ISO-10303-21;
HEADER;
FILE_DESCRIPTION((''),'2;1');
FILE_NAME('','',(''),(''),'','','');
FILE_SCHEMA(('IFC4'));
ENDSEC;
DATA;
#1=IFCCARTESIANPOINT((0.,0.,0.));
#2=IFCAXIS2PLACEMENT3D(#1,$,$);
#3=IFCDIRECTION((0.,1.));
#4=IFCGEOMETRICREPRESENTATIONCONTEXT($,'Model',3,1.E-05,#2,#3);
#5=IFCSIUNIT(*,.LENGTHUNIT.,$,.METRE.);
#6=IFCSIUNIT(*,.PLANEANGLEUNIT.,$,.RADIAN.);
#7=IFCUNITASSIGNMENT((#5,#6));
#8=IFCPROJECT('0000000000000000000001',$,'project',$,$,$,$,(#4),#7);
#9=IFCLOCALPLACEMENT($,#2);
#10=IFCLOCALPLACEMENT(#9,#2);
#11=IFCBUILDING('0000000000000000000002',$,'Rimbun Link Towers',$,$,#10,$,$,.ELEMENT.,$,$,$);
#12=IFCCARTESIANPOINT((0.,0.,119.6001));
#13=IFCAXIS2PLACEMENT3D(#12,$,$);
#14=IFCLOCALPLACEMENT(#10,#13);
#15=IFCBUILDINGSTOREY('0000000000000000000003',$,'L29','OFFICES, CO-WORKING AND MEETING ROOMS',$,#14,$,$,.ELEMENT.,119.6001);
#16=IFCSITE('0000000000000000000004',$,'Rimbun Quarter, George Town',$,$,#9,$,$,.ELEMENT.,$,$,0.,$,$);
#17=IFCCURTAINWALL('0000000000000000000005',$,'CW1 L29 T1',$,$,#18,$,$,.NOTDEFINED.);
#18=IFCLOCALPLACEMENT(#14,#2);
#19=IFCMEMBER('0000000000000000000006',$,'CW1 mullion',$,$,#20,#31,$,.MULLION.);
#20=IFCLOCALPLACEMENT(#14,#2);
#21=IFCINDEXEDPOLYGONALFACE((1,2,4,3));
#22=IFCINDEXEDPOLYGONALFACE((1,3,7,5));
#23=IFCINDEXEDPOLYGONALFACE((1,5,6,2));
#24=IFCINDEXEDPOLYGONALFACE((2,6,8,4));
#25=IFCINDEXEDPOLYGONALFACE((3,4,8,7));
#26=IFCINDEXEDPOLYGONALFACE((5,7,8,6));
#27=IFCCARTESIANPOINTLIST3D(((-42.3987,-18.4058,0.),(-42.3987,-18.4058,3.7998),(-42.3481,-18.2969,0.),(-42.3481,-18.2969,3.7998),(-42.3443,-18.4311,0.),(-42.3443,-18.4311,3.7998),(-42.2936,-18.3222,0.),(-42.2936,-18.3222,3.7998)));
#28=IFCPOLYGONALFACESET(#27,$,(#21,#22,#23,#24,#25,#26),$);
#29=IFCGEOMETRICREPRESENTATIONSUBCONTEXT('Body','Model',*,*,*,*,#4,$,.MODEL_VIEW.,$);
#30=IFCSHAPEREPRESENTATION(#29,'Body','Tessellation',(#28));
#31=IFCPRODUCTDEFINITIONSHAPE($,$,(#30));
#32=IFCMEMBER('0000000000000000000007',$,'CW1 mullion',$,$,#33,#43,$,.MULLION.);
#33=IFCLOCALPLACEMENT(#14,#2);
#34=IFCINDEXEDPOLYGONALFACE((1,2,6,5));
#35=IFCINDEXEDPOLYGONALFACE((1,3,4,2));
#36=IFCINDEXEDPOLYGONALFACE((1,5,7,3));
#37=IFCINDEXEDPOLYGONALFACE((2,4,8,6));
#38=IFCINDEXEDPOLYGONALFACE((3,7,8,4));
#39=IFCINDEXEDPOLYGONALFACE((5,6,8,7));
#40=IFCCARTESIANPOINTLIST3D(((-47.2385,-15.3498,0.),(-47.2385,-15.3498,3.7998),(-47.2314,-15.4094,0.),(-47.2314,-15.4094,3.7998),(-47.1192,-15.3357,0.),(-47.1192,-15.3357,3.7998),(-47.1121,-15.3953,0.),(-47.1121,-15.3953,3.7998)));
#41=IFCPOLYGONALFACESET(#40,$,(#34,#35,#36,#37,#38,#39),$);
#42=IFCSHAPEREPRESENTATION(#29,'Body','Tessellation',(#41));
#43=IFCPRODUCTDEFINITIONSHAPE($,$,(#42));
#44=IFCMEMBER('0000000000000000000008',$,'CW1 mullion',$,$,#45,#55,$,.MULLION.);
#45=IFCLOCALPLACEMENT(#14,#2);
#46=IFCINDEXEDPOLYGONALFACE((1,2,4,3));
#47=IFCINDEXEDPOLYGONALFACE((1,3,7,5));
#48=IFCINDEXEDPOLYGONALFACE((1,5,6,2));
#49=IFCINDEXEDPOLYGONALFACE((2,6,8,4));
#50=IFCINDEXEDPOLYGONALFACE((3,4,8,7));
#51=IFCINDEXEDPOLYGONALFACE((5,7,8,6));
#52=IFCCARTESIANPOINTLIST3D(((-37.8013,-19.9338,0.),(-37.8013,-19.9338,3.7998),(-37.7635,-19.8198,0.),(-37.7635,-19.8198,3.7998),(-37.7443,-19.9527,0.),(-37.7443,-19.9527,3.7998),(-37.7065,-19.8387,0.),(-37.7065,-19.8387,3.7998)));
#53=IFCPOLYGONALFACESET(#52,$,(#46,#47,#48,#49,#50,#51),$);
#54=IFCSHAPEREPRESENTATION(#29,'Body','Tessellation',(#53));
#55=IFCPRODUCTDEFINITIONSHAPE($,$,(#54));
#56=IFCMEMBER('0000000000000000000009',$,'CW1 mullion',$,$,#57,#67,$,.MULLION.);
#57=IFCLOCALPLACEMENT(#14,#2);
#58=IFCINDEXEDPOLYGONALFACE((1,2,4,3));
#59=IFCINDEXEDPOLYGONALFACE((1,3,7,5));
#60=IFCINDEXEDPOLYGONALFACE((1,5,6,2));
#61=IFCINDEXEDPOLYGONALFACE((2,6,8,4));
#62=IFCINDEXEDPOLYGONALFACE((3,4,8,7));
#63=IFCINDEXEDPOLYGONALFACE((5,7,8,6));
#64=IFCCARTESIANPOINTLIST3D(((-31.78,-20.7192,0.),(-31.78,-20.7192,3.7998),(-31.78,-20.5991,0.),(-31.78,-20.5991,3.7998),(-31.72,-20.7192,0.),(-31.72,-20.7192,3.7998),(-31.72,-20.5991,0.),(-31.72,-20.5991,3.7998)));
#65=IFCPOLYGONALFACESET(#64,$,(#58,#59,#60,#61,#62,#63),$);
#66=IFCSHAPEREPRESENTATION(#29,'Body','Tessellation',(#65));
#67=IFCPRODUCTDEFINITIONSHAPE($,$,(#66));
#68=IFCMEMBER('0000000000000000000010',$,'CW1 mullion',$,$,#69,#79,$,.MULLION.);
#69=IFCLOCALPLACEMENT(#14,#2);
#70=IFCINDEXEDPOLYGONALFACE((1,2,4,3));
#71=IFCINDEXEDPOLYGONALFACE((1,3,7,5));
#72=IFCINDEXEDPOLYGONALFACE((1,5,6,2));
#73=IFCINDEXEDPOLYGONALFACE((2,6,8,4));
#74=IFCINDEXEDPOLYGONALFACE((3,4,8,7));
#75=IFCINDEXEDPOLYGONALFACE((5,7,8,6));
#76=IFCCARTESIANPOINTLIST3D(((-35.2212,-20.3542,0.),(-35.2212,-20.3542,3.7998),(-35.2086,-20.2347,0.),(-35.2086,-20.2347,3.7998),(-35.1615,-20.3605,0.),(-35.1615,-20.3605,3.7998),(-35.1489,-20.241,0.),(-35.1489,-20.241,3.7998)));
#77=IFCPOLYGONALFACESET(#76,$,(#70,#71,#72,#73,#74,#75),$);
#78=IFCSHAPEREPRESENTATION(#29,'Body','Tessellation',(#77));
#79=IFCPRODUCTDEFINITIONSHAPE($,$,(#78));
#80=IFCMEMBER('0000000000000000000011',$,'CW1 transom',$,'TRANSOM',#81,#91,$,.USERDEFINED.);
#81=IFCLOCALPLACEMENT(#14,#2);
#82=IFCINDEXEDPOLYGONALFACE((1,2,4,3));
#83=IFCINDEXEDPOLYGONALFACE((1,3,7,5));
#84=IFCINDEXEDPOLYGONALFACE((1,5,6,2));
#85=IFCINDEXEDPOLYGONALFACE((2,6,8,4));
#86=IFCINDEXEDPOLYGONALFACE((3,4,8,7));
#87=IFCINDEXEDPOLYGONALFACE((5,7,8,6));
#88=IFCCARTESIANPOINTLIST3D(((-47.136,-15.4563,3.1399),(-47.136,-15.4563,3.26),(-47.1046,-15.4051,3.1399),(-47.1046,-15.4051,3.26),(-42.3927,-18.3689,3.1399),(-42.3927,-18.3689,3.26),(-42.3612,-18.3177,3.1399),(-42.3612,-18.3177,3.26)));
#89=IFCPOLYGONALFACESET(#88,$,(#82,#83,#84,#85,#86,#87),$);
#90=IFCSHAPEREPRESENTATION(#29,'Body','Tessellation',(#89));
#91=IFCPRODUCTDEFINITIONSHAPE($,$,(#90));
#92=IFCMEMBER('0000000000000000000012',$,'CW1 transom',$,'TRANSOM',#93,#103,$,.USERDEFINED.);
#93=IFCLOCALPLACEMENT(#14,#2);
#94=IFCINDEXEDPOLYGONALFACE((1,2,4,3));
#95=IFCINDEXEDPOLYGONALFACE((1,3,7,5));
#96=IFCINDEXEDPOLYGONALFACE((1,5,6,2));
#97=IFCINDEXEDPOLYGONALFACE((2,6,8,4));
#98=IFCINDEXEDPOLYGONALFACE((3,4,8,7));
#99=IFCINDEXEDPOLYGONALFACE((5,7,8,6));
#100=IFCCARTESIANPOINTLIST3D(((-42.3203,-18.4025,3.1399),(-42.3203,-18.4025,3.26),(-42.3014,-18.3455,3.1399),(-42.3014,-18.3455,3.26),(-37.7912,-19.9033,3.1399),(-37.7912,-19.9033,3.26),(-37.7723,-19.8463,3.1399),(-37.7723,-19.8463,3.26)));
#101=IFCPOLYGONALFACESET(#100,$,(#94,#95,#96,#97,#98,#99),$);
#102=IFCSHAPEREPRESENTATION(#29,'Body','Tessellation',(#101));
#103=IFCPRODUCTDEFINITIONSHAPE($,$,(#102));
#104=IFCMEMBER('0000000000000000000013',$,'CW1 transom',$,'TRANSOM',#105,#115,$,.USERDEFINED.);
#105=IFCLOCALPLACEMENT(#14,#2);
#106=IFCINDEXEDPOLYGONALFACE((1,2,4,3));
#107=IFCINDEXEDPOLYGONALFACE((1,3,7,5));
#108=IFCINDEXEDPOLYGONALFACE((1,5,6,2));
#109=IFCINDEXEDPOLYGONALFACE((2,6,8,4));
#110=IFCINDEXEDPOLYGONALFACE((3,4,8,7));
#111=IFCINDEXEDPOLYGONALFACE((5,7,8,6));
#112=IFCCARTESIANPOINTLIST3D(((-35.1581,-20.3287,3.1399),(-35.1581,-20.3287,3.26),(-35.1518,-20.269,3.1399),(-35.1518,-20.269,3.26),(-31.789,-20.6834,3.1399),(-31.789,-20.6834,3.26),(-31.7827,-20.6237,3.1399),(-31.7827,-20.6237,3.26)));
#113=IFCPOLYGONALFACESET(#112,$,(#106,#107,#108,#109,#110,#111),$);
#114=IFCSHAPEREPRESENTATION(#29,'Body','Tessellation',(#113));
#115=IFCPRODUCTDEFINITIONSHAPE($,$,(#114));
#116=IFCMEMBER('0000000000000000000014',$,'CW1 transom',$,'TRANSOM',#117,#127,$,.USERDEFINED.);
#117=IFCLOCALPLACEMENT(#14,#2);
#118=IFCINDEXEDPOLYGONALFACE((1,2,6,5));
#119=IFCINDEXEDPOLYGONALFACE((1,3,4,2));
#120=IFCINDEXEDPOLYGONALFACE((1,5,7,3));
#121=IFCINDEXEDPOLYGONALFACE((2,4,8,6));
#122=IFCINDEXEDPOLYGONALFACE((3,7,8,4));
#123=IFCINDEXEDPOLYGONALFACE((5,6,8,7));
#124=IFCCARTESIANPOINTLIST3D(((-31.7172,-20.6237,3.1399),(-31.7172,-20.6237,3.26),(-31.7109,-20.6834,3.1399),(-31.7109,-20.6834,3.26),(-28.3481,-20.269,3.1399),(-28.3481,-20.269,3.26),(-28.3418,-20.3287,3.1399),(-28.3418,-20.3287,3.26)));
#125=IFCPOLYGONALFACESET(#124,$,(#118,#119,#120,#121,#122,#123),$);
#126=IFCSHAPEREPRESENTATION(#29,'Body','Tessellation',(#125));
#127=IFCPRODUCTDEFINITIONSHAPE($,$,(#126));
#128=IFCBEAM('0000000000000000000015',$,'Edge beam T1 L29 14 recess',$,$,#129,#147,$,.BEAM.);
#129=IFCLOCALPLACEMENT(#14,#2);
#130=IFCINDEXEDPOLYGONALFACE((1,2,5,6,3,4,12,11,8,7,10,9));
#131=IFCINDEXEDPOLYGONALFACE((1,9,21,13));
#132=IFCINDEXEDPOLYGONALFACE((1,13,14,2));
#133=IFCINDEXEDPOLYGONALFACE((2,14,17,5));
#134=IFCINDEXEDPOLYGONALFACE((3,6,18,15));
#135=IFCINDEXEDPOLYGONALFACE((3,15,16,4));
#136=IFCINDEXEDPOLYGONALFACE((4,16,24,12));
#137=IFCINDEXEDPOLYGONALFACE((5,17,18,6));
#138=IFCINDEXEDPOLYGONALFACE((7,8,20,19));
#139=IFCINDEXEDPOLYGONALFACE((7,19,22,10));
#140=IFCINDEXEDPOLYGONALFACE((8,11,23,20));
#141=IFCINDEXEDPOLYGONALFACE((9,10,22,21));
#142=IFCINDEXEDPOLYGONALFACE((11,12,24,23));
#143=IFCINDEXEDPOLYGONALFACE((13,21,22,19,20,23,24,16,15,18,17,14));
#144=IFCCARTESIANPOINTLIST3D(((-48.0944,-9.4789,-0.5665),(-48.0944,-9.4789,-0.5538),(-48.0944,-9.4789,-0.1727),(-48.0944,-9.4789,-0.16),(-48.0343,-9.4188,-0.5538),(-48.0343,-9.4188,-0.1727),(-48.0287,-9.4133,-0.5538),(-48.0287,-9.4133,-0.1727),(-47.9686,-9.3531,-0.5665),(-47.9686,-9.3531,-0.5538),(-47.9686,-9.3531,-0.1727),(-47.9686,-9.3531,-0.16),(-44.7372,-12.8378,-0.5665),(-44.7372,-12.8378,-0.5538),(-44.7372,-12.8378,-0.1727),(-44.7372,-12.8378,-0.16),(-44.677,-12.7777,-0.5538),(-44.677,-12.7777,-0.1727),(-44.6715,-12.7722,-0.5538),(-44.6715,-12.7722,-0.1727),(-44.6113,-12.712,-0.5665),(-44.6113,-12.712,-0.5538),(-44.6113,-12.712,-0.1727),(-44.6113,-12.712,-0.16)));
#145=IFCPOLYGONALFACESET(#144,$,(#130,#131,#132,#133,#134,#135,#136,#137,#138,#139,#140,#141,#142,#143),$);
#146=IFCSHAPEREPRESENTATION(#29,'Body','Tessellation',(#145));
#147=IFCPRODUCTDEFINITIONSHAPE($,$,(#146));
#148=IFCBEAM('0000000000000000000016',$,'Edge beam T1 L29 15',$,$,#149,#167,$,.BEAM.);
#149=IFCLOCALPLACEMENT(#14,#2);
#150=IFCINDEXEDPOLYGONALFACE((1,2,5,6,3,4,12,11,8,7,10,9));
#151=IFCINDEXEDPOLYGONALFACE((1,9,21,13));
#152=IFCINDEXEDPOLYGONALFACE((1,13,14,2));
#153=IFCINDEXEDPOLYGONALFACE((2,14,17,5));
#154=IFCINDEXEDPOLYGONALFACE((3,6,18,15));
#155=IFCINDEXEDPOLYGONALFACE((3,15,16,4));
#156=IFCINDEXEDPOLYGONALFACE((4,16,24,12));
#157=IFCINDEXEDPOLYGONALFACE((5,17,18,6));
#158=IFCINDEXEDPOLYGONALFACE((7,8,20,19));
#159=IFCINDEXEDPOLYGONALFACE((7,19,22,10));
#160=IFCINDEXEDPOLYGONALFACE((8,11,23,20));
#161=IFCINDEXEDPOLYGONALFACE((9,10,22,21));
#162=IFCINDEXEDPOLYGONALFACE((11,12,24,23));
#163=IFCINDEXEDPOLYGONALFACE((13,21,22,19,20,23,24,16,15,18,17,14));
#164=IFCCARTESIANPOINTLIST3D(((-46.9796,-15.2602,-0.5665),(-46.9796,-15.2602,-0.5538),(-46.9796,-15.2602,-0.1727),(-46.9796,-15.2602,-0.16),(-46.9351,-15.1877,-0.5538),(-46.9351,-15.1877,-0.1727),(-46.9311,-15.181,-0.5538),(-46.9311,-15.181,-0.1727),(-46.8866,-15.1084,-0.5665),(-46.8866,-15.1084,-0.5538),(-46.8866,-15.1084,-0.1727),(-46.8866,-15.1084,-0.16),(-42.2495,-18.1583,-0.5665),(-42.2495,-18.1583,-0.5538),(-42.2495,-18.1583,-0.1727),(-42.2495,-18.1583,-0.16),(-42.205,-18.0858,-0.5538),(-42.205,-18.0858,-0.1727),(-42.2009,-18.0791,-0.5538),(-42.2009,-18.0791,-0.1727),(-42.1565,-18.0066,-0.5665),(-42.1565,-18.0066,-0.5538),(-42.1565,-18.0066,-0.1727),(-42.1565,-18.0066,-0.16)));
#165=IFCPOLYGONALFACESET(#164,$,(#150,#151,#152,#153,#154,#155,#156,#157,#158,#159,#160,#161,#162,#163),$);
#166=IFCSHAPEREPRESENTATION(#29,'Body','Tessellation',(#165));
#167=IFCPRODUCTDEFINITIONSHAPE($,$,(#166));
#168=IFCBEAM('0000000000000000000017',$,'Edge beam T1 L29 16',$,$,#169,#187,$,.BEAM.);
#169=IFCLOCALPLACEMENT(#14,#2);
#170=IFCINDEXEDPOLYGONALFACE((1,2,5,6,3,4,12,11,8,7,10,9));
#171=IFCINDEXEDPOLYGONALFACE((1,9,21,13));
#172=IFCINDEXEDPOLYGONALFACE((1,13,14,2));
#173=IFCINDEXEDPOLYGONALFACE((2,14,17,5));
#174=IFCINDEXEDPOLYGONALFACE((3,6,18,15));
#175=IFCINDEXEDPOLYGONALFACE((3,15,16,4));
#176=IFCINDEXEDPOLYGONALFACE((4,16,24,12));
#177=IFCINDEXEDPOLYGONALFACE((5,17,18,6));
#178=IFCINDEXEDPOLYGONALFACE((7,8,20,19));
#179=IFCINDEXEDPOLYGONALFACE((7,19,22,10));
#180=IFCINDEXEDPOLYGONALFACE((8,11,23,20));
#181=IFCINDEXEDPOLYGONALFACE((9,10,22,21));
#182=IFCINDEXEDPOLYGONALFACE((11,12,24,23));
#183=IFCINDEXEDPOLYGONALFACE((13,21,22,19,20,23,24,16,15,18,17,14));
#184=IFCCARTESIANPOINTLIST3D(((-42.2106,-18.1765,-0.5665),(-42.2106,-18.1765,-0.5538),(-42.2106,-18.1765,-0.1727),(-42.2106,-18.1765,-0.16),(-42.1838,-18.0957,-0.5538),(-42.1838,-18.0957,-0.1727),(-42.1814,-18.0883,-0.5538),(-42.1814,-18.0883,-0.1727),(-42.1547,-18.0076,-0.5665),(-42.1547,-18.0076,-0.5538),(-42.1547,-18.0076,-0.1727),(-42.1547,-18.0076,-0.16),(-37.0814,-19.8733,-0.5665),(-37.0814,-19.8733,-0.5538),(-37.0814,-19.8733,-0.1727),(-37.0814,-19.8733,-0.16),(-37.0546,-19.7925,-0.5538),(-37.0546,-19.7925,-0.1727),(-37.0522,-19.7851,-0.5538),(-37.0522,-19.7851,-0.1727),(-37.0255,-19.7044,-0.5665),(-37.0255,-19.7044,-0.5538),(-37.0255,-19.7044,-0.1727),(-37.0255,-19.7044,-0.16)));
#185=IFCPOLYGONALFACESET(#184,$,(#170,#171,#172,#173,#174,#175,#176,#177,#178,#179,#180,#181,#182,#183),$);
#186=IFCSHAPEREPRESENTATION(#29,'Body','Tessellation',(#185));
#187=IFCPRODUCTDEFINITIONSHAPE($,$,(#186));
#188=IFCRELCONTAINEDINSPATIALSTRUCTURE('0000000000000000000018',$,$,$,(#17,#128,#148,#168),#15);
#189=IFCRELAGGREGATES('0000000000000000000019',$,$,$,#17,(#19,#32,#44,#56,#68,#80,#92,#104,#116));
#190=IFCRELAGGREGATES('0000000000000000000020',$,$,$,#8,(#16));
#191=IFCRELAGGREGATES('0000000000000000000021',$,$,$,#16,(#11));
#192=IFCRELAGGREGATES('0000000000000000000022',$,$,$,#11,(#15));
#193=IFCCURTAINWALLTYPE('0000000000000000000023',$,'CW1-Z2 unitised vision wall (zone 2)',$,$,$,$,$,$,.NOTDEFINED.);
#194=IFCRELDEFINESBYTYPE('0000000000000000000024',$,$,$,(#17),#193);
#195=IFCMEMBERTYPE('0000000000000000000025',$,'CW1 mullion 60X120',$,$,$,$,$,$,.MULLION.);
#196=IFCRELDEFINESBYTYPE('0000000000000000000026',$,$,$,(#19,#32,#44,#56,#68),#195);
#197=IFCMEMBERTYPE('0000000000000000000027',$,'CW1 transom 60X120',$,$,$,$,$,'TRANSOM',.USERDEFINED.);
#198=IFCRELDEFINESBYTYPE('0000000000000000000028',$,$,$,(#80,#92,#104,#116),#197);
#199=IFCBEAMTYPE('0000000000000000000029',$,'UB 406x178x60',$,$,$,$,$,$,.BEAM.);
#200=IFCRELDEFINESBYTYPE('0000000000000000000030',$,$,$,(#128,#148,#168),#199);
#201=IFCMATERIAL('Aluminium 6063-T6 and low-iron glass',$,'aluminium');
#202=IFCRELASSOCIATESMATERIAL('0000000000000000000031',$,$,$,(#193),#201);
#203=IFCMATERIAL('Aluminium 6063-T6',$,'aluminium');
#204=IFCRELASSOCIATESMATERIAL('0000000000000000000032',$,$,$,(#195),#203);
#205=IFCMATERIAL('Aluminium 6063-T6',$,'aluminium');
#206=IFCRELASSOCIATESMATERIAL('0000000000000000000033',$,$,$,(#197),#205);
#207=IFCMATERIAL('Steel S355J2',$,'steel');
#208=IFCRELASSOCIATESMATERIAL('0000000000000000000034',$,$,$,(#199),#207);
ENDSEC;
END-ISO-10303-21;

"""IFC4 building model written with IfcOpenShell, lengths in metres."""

from ifc_helpers import new_model, si_unit, direction, frame, origin, origin_2d, place, context, subcontext, project, spatial, rectangle, i_section, extrude, material, material_profile, profile_set, type_object, element, aggregate, save


model = new_model("IFC4")

# Units and contexts
model_context = context("Model", 3, precision=1e-05, world=origin(), true_north=direction((0.0, 1.0)))
body_context = subcontext(model_context, "Body", "Model", "MODEL_VIEW")
ifc_project = project(units=[si_unit("LENGTHUNIT", "METRE"), si_unit("PLANEANGLEUNIT", "RADIAN")], contexts=[model_context])

# Site, building, storey
site_placement = place(None, origin())
site = spatial("IfcSite", under=ifc_project, at=site_placement, Name="Rimbun Quarter, George Town", CompositionType="ELEMENT", RefElevation=0.0)
building_placement = place(site_placement, origin())
building = spatial("IfcBuilding", under=site, at=building_placement, Name="Rimbun Link Towers", CompositionType="ELEMENT")
storey_placement = place(building_placement, frame((0.0, 0.0, 119.6001)))
storey = spatial("IfcBuildingStorey", under=building, at=storey_placement, Name="L29", Description="OFFICES, CO-WORKING AND MEETING ROOMS", CompositionType="ELEMENT", Elevation=119.6001)

# Curtain wall, members
ifc_material_1 = material(Name="Aluminium 6063-T6 and low-iron glass", Category="aluminium")
curtain_wall_type = type_object("IfcCurtainWallType", Name="CW1-Z2 unitised vision wall (zone 2)", PredefinedType="NOTDEFINED", material=ifc_material_1)
curtain_wall_placement = place(storey_placement, origin())
curtain_wall = element("IfcCurtainWall", 1, at=curtain_wall_placement, inside=storey, type_object=curtain_wall_type, Name="CW1 L29 T1", PredefinedType="NOTDEFINED")
ifc_material_2 = material(Name="Aluminium 6063-T6", Category="aluminium")
ifc_material_profile_1 = material_profile(ifc_material_2, rectangle(XDim=0.1201, YDim=0.0601, at=origin_2d()), Name="MULLION 60X120")
ifc_profile_set_1 = profile_set([ifc_material_profile_1], Name="Aluminium 6063-T6")
member_type_1 = type_object("IfcMemberType", Name="CW1 mullion 60X120", PredefinedType="MULLION", material=ifc_profile_set_1)
member_1_placement = place(storey_placement, frame((-42.3462, -18.364, 0.0), z_axis=(0.0, 0.0, 1.0), x_axis=(-0.421705, -0.906733, 0.0)))
member_1 = element("IfcMember", 2, at=member_1_placement, type_object=member_type_1, Name="CW1 mullion", PredefinedType="MULLION", context=body_context, shape_type="SweptSolid", body=[
    extrude(rectangle(XDim=0.1201, YDim=0.0601, at=origin_2d()), origin(), (0.0, 0.0, 1.0), 3.7998),
])
member_2_placement = place(storey_placement, frame((-47.1753, -15.3726, 0.0), z_axis=(0.0, 0.0, 1.0), x_axis=(-0.99312, -0.117104, 0.0)))
member_2 = element("IfcMember", 3, at=member_2_placement, type_object=member_type_1, Name="CW1 mullion", PredefinedType="MULLION", context=body_context, shape_type="SweptSolid", body=[
    extrude(rectangle(XDim=0.1201, YDim=0.0601, at=origin_2d()), origin(), (0.0, 0.0, 1.0), 3.7998),
])
member_3_placement = place(storey_placement, frame((-37.7539, -19.8862, 0.0), z_axis=(0.0, 0.0, 1.0), x_axis=(-0.314563, -0.949236, 0.0)))
member_3 = element("IfcMember", 4, at=member_3_placement, type_object=member_type_1, Name="CW1 mullion", PredefinedType="MULLION", context=body_context, shape_type="SweptSolid", body=[
    extrude(rectangle(XDim=0.1201, YDim=0.0601, at=origin_2d()), origin(), (0.0, 0.0, 1.0), 3.7998),
])
member_4_placement = place(storey_placement, frame((-31.75, -20.6592, 0.0), z_axis=(0.0, 0.0, 1.0), x_axis=(0.0, -1.0, 0.0)))
member_4 = element("IfcMember", 5, at=member_4_placement, type_object=member_type_1, Name="CW1 mullion", PredefinedType="MULLION", context=body_context, shape_type="SweptSolid", body=[
    extrude(rectangle(XDim=0.1201, YDim=0.0601, at=origin_2d()), origin(), (0.0, 0.0, 1.0), 3.7998),
])
member_5_placement = place(storey_placement, frame((-35.1851, -20.2976, 0.0), z_axis=(0.0, 0.0, 1.0), x_axis=(-0.104748, -0.994499, 0.0)))
member_5 = element("IfcMember", 6, at=member_5_placement, type_object=member_type_1, Name="CW1 mullion", PredefinedType="MULLION", context=body_context, shape_type="SweptSolid", body=[
    extrude(rectangle(XDim=0.1201, YDim=0.0601, at=origin_2d()), origin(), (0.0, 0.0, 1.0), 3.7998),
])
ifc_material_3 = material(Name="Aluminium 6063-T6", Category="aluminium")
ifc_material_profile_2 = material_profile(ifc_material_3, rectangle(XDim=0.0601, YDim=0.1201, at=origin_2d()), Name="TRANSOM 60X120")
ifc_profile_set_2 = profile_set([ifc_material_profile_2], Name="Aluminium 6063-T6")
member_type_2 = type_object("IfcMemberType", Name="CW1 transom 60X120", ElementType="TRANSOM", PredefinedType="USERDEFINED", material=ifc_profile_set_2)
member_6_placement = place(storey_placement, frame((-42.377, -18.3433, 3.2), z_axis=(-0.852173, 0.52326, 0.0), x_axis=(-0.52326, -0.852173, 0.0)))
member_6 = element("IfcMember", 7, at=member_6_placement, type_object=member_type_2, Name="CW1 transom", ObjectType="TRANSOM", PredefinedType="USERDEFINED", context=body_context, shape_type="SweptSolid", body=[
    extrude(rectangle(XDim=0.0601, YDim=0.1201, at=origin_2d()), origin(), (0.0, 0.0, 1.0), 5.5662),
])
member_7_placement = place(storey_placement, frame((-37.7817, -19.8748, 3.2), z_axis=(-0.949245, 0.314539, 0.0), x_axis=(-0.314539, -0.949245, 0.0)))
member_7 = element("IfcMember", 8, at=member_7_placement, type_object=member_type_2, Name="CW1 transom", ObjectType="TRANSOM", PredefinedType="USERDEFINED", context=body_context, shape_type="SweptSolid", body=[
    extrude(rectangle(XDim=0.0601, YDim=0.1201, at=origin_2d()), origin(), (0.0, 0.0, 1.0), 4.7712),
])
member_8_placement = place(storey_placement, frame((-31.7859, -20.6536, 3.2), z_axis=(-0.994503, 0.104711, 0.0), x_axis=(-0.104711, -0.994503, 0.0)))
member_8 = element("IfcMember", 9, at=member_8_placement, type_object=member_type_2, Name="CW1 transom", ObjectType="TRANSOM", PredefinedType="USERDEFINED", context=body_context, shape_type="SweptSolid", body=[
    extrude(rectangle(XDim=0.0601, YDim=0.1201, at=origin_2d()), origin(), (0.0, 0.0, 1.0), 3.3877),
])
member_9_placement = place(storey_placement, frame((-28.345, -20.2988, 3.2), z_axis=(-0.994503, -0.104711, 0.0), x_axis=(0.104711, -0.994503, 0.0)))
member_9 = element("IfcMember", 10, at=member_9_placement, type_object=member_type_2, Name="CW1 transom", ObjectType="TRANSOM", PredefinedType="USERDEFINED", context=body_context, shape_type="SweptSolid", body=[
    extrude(rectangle(XDim=0.0601, YDim=0.1201, at=origin_2d()), origin(), (0.0, 0.0, 1.0), 3.3877),
])

# Beams
ifc_material_4 = material(Name="Steel S355J2", Category="steel")
ifc_material_profile_3 = material_profile(ifc_material_4, i_section(OverallWidth=0.178, OverallDepth=0.4065, WebThickness=0.0078, FlangeThickness=0.0127, at=origin_2d()), Name="UB 406x178x60")
ifc_profile_set_3 = profile_set([ifc_material_profile_3], Name="Steel S355J2")
beam_type = type_object("IfcBeamType", Name="UB 406x178x60", PredefinedType="BEAM", material=ifc_profile_set_3)
beam_1_placement = place(storey_placement, frame((-48.0315, -9.416, -0.3633), z_axis=(0.706927, -0.707287, 0.0), x_axis=(0.707287, 0.706927, 0.0)))
element("IfcBeam", 11, at=beam_1_placement, inside=storey, type_object=beam_type, Name="Edge beam T1 L29 14 recess", PredefinedType="BEAM", context=body_context, shape_type="SweptSolid", body=[
    extrude(i_section(OverallWidth=0.178, OverallDepth=0.4065, WebThickness=0.0078, FlangeThickness=0.0127, at=origin_2d()), origin(), (0.0, 0.0, 1.0), 4.749),
])
beam_2_placement = place(storey_placement, frame((-46.9331, -15.1843, -0.3633), z_axis=(0.85268, -0.522434, 0.0), x_axis=(0.522434, 0.85268, 0.0)))
element("IfcBeam", 12, at=beam_2_placement, inside=storey, type_object=beam_type, Name="Edge beam T1 L29 15", PredefinedType="BEAM", context=body_context, shape_type="SweptSolid", body=[
    extrude(i_section(OverallWidth=0.178, OverallDepth=0.4065, WebThickness=0.0078, FlangeThickness=0.0127, at=origin_2d()), origin(), (0.0, 0.0, 1.0), 5.5474),
])
beam_3_placement = place(storey_placement, frame((-42.1826, -18.092, -0.3633), z_axis=(0.949399, -0.314071, 0.0), x_axis=(0.314071, 0.949399, 0.0)))
element("IfcBeam", 13, at=beam_3_placement, inside=storey, type_object=beam_type, Name="Edge beam T1 L29 16", PredefinedType="BEAM", context=body_context, shape_type="SweptSolid", body=[
    extrude(i_section(OverallWidth=0.178, OverallDepth=0.4065, WebThickness=0.0078, FlangeThickness=0.0127, at=origin_2d()), origin(), (0.0, 0.0, 1.0), 5.4026),
])

aggregate(curtain_wall, [member_1, member_2, member_3, member_4, member_5, member_6, member_7, member_8, member_9])

save(model, "model.ifc")
